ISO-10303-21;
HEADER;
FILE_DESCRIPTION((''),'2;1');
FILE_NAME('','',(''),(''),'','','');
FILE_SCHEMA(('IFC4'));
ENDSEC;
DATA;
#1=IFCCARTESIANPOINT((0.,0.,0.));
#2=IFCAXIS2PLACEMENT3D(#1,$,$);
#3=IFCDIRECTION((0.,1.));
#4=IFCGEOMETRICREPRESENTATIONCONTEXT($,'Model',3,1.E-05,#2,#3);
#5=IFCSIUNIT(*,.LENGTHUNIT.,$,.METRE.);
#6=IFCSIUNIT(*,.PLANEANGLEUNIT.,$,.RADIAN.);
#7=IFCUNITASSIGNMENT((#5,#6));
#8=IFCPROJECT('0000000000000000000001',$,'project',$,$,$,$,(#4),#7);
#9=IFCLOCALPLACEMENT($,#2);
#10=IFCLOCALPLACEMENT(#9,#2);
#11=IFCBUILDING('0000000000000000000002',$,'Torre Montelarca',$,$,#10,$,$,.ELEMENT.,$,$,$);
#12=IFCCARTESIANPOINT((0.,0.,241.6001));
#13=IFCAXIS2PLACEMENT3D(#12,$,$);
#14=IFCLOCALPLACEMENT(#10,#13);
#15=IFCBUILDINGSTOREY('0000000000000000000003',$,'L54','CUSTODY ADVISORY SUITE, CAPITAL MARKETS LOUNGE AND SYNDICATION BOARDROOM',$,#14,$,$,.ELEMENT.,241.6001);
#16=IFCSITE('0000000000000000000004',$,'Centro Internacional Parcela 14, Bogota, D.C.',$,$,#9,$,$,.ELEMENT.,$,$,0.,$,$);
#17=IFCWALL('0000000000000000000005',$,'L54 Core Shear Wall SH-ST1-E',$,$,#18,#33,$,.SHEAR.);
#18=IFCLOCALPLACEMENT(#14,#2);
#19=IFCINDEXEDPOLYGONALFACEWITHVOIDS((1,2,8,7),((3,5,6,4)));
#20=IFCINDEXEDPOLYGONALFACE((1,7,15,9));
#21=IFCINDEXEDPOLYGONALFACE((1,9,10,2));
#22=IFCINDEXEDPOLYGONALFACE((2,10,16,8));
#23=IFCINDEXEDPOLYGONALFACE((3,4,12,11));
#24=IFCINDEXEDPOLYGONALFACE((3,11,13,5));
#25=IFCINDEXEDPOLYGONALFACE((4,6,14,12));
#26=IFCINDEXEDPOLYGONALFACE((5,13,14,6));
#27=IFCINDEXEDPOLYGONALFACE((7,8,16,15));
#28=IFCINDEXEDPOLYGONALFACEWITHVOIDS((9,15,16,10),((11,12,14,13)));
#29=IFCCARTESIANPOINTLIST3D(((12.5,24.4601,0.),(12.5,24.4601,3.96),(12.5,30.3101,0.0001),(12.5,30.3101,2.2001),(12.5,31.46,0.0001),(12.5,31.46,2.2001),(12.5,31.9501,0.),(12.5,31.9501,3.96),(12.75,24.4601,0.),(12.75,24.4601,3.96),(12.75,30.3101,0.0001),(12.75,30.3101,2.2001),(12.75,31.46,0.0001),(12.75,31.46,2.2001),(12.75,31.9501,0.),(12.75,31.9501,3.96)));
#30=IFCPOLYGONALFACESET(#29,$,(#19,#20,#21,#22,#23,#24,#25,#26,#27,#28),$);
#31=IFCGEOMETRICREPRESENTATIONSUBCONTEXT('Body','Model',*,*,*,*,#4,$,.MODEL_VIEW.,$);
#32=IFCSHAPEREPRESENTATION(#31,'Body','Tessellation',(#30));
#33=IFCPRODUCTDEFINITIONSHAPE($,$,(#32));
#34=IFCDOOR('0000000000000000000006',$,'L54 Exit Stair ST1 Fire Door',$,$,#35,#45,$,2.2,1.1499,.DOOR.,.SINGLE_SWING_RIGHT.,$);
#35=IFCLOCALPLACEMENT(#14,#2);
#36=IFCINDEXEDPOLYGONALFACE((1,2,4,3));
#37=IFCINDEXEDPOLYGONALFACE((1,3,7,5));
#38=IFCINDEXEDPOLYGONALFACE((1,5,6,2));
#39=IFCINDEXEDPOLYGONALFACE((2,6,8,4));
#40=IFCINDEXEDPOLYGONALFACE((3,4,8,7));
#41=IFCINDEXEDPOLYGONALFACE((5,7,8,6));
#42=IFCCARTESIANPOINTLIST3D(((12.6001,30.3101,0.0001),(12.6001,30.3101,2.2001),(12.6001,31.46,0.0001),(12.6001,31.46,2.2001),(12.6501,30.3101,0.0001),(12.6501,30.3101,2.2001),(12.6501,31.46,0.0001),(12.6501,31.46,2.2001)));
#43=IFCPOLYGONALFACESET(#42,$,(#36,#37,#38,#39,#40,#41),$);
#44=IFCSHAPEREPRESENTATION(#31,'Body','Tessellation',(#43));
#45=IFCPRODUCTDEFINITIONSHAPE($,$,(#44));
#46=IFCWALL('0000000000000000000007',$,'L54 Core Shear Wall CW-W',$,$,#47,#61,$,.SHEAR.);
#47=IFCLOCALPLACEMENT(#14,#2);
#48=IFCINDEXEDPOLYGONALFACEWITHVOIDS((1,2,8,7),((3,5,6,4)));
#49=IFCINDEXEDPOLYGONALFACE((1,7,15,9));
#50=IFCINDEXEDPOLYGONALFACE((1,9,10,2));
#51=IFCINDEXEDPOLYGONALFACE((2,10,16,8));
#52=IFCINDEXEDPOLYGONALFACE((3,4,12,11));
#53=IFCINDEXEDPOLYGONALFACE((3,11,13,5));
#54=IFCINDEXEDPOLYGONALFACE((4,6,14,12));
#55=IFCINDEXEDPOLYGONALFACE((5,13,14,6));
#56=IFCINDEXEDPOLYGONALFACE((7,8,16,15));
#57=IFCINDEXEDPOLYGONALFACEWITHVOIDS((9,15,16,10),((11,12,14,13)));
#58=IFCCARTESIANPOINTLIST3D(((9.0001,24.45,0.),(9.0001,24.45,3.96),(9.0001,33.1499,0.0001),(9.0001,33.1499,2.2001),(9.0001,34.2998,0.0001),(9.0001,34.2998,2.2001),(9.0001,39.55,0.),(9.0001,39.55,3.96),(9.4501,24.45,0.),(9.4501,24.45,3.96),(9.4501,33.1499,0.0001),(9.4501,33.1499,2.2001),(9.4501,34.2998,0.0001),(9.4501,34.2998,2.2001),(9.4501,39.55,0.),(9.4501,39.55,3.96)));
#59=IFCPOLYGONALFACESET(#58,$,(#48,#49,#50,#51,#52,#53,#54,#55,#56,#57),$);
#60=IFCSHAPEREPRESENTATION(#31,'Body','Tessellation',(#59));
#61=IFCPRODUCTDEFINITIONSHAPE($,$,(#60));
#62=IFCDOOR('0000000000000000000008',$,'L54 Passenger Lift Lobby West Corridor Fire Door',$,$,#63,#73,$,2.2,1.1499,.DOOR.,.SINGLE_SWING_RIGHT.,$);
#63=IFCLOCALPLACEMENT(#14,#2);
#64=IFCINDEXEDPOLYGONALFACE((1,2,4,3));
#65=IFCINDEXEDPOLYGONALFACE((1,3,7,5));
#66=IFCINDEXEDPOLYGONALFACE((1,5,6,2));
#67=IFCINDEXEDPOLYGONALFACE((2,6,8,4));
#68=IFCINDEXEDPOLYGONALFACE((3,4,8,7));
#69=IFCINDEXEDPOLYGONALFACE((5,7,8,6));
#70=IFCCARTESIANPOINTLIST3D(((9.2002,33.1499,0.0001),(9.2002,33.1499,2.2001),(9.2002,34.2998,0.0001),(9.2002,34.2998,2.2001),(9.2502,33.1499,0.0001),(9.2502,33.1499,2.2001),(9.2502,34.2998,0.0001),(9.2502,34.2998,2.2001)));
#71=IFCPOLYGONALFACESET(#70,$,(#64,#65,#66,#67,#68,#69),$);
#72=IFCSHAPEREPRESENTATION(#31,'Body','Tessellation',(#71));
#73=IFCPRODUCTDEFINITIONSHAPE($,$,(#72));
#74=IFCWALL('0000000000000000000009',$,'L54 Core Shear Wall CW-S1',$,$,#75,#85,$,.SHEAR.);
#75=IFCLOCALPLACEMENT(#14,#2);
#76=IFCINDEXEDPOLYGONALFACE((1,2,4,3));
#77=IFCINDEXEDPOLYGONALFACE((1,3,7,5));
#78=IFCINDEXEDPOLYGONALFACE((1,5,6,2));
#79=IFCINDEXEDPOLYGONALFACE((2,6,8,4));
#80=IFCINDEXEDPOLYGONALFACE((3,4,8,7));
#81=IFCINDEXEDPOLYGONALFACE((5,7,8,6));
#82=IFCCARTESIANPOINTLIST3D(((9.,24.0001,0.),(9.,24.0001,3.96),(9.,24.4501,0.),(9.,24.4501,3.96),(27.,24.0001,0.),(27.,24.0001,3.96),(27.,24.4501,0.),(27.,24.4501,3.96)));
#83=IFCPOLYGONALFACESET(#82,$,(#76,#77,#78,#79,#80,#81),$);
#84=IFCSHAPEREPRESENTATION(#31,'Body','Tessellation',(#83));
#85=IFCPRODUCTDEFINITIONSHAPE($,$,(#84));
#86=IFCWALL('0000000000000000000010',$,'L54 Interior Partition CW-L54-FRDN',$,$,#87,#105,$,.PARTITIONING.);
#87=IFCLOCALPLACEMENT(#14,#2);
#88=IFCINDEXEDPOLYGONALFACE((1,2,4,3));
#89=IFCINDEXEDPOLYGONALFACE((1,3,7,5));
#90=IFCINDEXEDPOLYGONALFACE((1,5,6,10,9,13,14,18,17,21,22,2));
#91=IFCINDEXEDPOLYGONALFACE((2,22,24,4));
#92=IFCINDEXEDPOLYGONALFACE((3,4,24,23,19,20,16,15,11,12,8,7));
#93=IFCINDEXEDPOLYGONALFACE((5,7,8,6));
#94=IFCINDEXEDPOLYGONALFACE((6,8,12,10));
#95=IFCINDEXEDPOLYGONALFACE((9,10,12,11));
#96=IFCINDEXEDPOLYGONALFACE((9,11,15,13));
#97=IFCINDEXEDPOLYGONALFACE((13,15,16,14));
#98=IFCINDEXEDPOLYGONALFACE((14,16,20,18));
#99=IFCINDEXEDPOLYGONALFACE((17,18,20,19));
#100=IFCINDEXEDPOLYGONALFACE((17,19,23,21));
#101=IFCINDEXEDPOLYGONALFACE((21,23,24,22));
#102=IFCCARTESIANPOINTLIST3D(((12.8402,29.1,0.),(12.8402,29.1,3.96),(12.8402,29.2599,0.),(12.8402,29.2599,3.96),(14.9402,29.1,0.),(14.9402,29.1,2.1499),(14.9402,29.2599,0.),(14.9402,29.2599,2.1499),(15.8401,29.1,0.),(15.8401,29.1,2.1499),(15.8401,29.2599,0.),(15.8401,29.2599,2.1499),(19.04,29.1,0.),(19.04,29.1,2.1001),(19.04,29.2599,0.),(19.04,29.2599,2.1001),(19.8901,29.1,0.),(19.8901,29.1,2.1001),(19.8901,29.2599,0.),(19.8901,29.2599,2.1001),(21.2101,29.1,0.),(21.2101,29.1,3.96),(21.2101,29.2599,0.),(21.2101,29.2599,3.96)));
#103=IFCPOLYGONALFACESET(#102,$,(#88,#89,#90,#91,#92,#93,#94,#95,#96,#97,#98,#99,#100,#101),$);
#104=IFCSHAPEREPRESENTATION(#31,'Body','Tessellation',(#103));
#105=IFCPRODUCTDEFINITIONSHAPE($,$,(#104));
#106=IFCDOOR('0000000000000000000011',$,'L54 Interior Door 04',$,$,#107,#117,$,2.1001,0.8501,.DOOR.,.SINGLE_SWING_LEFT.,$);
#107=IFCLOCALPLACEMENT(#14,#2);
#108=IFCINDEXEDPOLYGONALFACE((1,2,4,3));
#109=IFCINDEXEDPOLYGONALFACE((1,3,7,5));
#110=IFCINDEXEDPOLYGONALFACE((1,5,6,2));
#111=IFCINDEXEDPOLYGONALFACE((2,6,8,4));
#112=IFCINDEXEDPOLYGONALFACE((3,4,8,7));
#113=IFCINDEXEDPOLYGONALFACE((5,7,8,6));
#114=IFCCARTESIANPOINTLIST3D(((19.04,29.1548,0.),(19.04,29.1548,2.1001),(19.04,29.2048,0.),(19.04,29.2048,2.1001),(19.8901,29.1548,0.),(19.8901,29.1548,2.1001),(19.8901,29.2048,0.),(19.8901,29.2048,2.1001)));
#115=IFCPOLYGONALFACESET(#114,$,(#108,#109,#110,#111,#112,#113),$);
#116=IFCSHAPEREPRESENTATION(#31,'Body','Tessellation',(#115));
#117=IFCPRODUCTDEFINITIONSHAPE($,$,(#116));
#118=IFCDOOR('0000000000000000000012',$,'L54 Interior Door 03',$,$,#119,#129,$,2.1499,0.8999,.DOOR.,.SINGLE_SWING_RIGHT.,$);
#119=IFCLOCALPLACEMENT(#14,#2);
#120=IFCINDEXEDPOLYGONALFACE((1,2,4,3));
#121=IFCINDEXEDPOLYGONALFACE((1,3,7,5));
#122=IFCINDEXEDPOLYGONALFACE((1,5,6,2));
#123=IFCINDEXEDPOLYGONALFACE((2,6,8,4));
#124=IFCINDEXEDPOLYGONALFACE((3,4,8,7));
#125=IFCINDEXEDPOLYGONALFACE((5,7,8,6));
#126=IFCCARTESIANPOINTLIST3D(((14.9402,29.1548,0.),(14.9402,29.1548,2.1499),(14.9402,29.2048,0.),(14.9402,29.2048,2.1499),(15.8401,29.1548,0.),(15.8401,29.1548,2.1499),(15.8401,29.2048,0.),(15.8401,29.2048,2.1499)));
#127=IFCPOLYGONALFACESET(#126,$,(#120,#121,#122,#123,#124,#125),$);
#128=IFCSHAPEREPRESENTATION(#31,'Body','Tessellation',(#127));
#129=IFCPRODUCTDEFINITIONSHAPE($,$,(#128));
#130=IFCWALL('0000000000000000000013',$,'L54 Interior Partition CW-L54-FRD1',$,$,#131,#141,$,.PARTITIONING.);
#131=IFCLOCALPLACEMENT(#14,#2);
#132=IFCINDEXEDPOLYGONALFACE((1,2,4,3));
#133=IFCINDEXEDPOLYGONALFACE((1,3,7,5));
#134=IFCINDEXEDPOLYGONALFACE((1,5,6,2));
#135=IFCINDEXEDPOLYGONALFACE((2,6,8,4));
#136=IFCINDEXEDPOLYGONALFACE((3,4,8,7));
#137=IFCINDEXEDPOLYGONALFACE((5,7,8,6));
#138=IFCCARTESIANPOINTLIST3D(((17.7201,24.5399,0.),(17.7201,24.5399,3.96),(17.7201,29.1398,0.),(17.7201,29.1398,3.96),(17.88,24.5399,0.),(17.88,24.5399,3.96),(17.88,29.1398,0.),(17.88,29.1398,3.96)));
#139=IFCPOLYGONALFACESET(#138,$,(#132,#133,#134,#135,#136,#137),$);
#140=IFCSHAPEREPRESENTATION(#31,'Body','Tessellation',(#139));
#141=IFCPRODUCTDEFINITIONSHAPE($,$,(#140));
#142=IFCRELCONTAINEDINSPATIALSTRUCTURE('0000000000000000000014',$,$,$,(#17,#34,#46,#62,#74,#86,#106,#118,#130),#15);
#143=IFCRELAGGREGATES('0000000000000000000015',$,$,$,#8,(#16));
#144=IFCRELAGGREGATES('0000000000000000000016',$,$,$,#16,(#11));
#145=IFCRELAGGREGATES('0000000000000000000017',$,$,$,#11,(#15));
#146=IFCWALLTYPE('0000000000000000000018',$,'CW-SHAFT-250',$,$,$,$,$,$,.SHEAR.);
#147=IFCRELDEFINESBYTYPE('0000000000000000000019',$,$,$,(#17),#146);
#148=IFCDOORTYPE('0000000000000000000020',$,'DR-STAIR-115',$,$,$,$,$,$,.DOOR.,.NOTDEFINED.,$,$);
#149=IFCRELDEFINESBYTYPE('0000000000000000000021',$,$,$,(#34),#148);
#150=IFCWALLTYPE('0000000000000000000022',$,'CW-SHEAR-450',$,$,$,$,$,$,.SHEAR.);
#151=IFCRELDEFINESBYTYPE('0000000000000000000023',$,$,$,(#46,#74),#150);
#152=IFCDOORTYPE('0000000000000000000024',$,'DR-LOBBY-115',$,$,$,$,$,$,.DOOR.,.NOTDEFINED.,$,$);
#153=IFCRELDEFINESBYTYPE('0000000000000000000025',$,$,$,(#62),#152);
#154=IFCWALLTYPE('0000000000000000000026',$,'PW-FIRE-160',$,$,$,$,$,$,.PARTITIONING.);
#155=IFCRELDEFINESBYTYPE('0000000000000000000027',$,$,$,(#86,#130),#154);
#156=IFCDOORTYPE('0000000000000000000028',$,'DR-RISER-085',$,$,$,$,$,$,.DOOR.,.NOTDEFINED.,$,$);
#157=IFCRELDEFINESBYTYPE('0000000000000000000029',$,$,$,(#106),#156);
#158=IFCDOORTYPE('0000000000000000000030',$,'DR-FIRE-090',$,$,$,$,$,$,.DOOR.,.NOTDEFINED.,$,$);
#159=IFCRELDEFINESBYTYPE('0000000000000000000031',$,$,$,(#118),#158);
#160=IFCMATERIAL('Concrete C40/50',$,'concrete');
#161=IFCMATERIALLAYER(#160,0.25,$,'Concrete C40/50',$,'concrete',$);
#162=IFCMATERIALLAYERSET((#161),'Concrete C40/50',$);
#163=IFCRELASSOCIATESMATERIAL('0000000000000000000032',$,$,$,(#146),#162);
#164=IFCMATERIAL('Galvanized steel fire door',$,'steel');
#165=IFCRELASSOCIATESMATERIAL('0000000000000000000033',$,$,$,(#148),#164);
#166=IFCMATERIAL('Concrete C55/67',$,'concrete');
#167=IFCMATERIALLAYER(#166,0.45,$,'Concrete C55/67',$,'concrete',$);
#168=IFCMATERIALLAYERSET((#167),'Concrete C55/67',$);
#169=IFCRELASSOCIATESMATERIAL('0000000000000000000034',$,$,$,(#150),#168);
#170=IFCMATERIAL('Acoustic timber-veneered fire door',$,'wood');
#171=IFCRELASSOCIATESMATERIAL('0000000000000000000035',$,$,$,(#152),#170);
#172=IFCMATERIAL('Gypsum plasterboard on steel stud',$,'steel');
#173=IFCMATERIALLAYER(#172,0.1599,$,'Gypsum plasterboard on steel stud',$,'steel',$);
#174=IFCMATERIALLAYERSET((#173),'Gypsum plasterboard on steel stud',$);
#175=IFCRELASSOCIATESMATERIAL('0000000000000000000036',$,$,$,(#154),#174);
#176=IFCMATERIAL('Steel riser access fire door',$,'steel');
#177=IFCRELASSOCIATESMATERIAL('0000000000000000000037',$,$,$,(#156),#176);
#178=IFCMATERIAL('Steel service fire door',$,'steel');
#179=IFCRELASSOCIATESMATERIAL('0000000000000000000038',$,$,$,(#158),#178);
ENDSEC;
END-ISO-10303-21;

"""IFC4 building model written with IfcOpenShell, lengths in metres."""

from ifc_helpers import new_model, si_unit, direction, frame, frame_2d, origin, place, context, subcontext, project, spatial, rectangle, extrude, source, transform, mapped, material, layer, layer_set, type_object, element, fill, save


model = new_model("IFC4")

# Units and contexts
model_context = context("Model", 3, precision=1e-05, world=origin(), true_north=direction((0.0, 1.0)))
body_context = subcontext(model_context, "Body", "Model", "MODEL_VIEW")
ifc_project = project(units=[si_unit("LENGTHUNIT", "METRE"), si_unit("PLANEANGLEUNIT", "RADIAN")], contexts=[model_context])

# Site, building, storey
site_placement = place(None, origin())
site = spatial("IfcSite", under=ifc_project, at=site_placement, Name="Centro Internacional Parcela 14, Bogota, D.C.", CompositionType="ELEMENT", RefElevation=0.0)
building_placement = place(site_placement, origin())
building = spatial("IfcBuilding", under=site, at=building_placement, Name="Torre Montelarca", CompositionType="ELEMENT")
storey_placement = place(building_placement, frame((0.0, 0.0, 241.6001)))
storey = spatial("IfcBuildingStorey", under=building, at=storey_placement, Name="L54", Description="CUSTODY ADVISORY SUITE, CAPITAL MARKETS LOUNGE AND SYNDICATION BOARDROOM", CompositionType="ELEMENT", Elevation=241.6001)

# Shared definitions
ifc_material_1 = material(Name="Concrete C55/67", Category="concrete")

# Walls, openings, doors
ifc_material_2 = material(Name="Concrete C40/50", Category="concrete")
ifc_layer_1 = layer(ifc_material_2, 0.25, Name="Concrete C40/50", Category="concrete")
ifc_layer_set_1 = layer_set([ifc_layer_1], Name="Concrete C40/50")
wall_type_1 = type_object("IfcWallType", Name="CW-SHAFT-250", PredefinedType="SHEAR", material=ifc_layer_set_1)
wall_1_placement = place(storey_placement, frame((12.625, 24.46, 0.0), z_axis=(0.0, 0.0, 1.0), x_axis=(0.0, 1.0, 0.0)))
wall_1 = element("IfcWall", 1, at=wall_1_placement, inside=storey, type_object=wall_type_1, Name="L54 Core Shear Wall SH-ST1-E", PredefinedType="SHEAR", context=body_context, shape_type="SweptSolid", body=[
    extrude(rectangle(XDim=7.49, YDim=0.25, at=frame_2d((3.7451, 0.0))), origin(), (0.0, 0.0, 1.0), 3.96),
])
opening_1_placement = place(wall_1_placement, frame((5.8501, 0.0, 0.0)))
opening_1 = element("IfcOpeningElement", 2, at=opening_1_placement, cuts=wall_1, PredefinedType="OPENING", context=body_context, shape_type="SweptSolid", body=[
    extrude(rectangle(XDim=1.1499, YDim=2.2, at=frame_2d((0.575, 1.1001))), frame((0.0, 0.135, 0.0), z_axis=(0.0, -1.0, 0.0), x_axis=(1.0, 0.0, 0.0)), (0.0, 0.0, 1.0), 0.27),
])
ifc_material_3 = material(Name="Galvanized steel fire door", Category="steel")
door_type_1 = type_object("IfcDoorType", Name="DR-STAIR-115", OperationType="NOTDEFINED", PredefinedType="DOOR", material=ifc_material_3)
shared_shape_1 = source(origin(), body_context, "Body", "SweptSolid", [
    extrude(rectangle(XDim=1.1499, YDim=2.2, at=frame_2d((0.575, 1.1001))), frame((0.0, 0.0249, 0.0), z_axis=(0.0, -1.0, 0.0), x_axis=(1.0, 0.0, 0.0)), (0.0, 0.0, 1.0), 0.05),
])
door_1_placement = place(opening_1_placement, origin())
door_1 = element("IfcDoor", 3, at=door_1_placement, inside=storey, type_object=door_type_1, Name="L54 Exit Stair ST1 Fire Door", OperationType="SINGLE_SWING_RIGHT", OverallHeight=2.2, OverallWidth=1.1499, PredefinedType="DOOR", context=body_context, shape_type="MappedRepresentation", body=[
    mapped(shared_shape_1, transform((0.0, 0.0, 0.0), scale=1.0)),
])
fill(opening_1, door_1)
ifc_layer_2 = layer(ifc_material_1, 0.45, Name="Concrete C55/67", Category="concrete")
ifc_layer_set_2 = layer_set([ifc_layer_2], Name="Concrete C55/67")
wall_type_2 = type_object("IfcWallType", Name="CW-SHEAR-450", PredefinedType="SHEAR", material=ifc_layer_set_2)
wall_2_placement = place(storey_placement, frame((9.2251, 24.45, 0.0), z_axis=(0.0, 0.0, 1.0), x_axis=(0.0, 1.0, 0.0)))
wall_2 = element("IfcWall", 4, at=wall_2_placement, inside=storey, type_object=wall_type_2, Name="L54 Core Shear Wall CW-W", PredefinedType="SHEAR", context=body_context, shape_type="SweptSolid", body=[
    extrude(rectangle(XDim=15.1001, YDim=0.45, at=frame_2d((7.55, 0.0))), origin(), (0.0, 0.0, 1.0), 3.96),
])
opening_2_placement = place(wall_2_placement, frame((8.7, 0.0, 0.0)))
opening_2 = element("IfcOpeningElement", 5, at=opening_2_placement, cuts=wall_2, PredefinedType="OPENING", context=body_context, shape_type="SweptSolid", body=[
    extrude(rectangle(XDim=1.1499, YDim=2.2, at=frame_2d((0.575, 1.1001))), frame((0.0, 0.2349, 0.0), z_axis=(0.0, -1.0, 0.0), x_axis=(1.0, 0.0, 0.0)), (0.0, 0.0, 1.0), 0.47),
])
ifc_material_4 = material(Name="Acoustic timber-veneered fire door", Category="wood")
door_type_2 = type_object("IfcDoorType", Name="DR-LOBBY-115", OperationType="NOTDEFINED", PredefinedType="DOOR", material=ifc_material_4)
shared_shape_2 = source(origin(), body_context, "Body", "SweptSolid", [
    extrude(rectangle(XDim=1.1499, YDim=2.2, at=frame_2d((0.575, 1.1001))), frame((0.0, 0.0249, 0.0), z_axis=(0.0, -1.0, 0.0), x_axis=(1.0, 0.0, 0.0)), (0.0, 0.0, 1.0), 0.05),
])
door_2_placement = place(opening_2_placement, origin())
door_2 = element("IfcDoor", 6, at=door_2_placement, inside=storey, type_object=door_type_2, Name="L54 Passenger Lift Lobby West Corridor Fire Door", OperationType="SINGLE_SWING_RIGHT", OverallHeight=2.2, OverallWidth=1.1499, PredefinedType="DOOR", context=body_context, shape_type="MappedRepresentation", body=[
    mapped(shared_shape_2, transform((0.0, 0.0, 0.0), scale=1.0)),
])
fill(opening_2, door_2)

# Wall
wall_3_placement = place(storey_placement, frame((9.0, 24.2251, 0.0), z_axis=(0.0, 0.0, 1.0), x_axis=(1.0, 0.0, 0.0)))
element("IfcWall", 7, at=wall_3_placement, inside=storey, type_object=wall_type_2, Name="L54 Core Shear Wall CW-S1", PredefinedType="SHEAR", context=body_context, shape_type="SweptSolid", body=[
    extrude(rectangle(XDim=18.0, YDim=0.45, at=frame_2d((9.0, 0.0))), origin(), (0.0, 0.0, 1.0), 3.96),
])

# Wall, openings, doors
ifc_material_5 = material(Name="Gypsum plasterboard on steel stud", Category="steel")
ifc_layer_3 = layer(ifc_material_5, 0.1599, Name="Gypsum plasterboard on steel stud", Category="steel")
ifc_layer_set_3 = layer_set([ifc_layer_3], Name="Gypsum plasterboard on steel stud")
wall_type_3 = type_object("IfcWallType", Name="PW-FIRE-160", PredefinedType="PARTITIONING", material=ifc_layer_set_3)
wall_4_placement = place(storey_placement, frame((12.8401, 29.1799, 0.0), z_axis=(0.0, 0.0, 1.0), x_axis=(1.0, 0.0, 0.0)))
wall_4 = element("IfcWall", 8, at=wall_4_placement, inside=storey, type_object=wall_type_3, Name="L54 Interior Partition CW-L54-FRDN", PredefinedType="PARTITIONING", context=body_context, shape_type="SweptSolid", body=[
    extrude(rectangle(XDim=8.3699, YDim=0.1599, at=frame_2d((4.1851, 0.0))), origin(), (0.0, 0.0, 1.0), 3.96),
])
opening_3_placement = place(wall_4_placement, frame((2.1001, 0.0, 0.0)))
opening_3 = element("IfcOpeningElement", 9, at=opening_3_placement, cuts=wall_4, PredefinedType="OPENING", context=body_context, shape_type="SweptSolid", body=[
    extrude(rectangle(XDim=0.8999, YDim=2.1499, at=frame_2d((0.45, 1.075))), frame((0.0, 0.0898, 0.0), z_axis=(0.0, -1.0, 0.0), x_axis=(1.0, 0.0, 0.0)), (0.0, 0.0, 1.0), 0.1799),
])
opening_4_placement = place(wall_4_placement, frame((6.2, 0.0, 0.0)))
opening_4 = element("IfcOpeningElement", 10, at=opening_4_placement, cuts=wall_4, PredefinedType="OPENING", context=body_context, shape_type="SweptSolid", body=[
    extrude(rectangle(XDim=0.8501, YDim=2.1001, at=frame_2d((0.425, 1.05))), frame((0.0, 0.0898, 0.0), z_axis=(0.0, -1.0, 0.0), x_axis=(1.0, 0.0, 0.0)), (0.0, 0.0, 1.0), 0.1799),
])
ifc_material_6 = material(Name="Steel riser access fire door", Category="steel")
door_type_3 = type_object("IfcDoorType", Name="DR-RISER-085", OperationType="NOTDEFINED", PredefinedType="DOOR", material=ifc_material_6)
shared_shape_3 = source(origin(), body_context, "Body", "SweptSolid", [
    extrude(rectangle(XDim=0.8501, YDim=2.1001, at=frame_2d((0.425, 1.05))), frame((0.0, 0.0249, 0.0), z_axis=(0.0, -1.0, 0.0), x_axis=(1.0, 0.0, 0.0)), (0.0, 0.0, 1.0), 0.05),
])
door_3_placement = place(opening_4_placement, origin())
door_3 = element("IfcDoor", 11, at=door_3_placement, inside=storey, type_object=door_type_3, Name="L54 Interior Door 04", OperationType="SINGLE_SWING_LEFT", OverallHeight=2.1001, OverallWidth=0.8501, PredefinedType="DOOR", context=body_context, shape_type="MappedRepresentation", body=[
    mapped(shared_shape_3, transform((0.0, 0.0, 0.0), scale=1.0)),
])
fill(opening_4, door_3)
ifc_material_7 = material(Name="Steel service fire door", Category="steel")
door_type_4 = type_object("IfcDoorType", Name="DR-FIRE-090", OperationType="NOTDEFINED", PredefinedType="DOOR", material=ifc_material_7)
shared_shape_4 = source(origin(), body_context, "Body", "SweptSolid", [
    extrude(rectangle(XDim=0.8999, YDim=2.1499, at=frame_2d((0.45, 1.075))), frame((0.0, 0.0249, 0.0), z_axis=(0.0, -1.0, 0.0), x_axis=(1.0, 0.0, 0.0)), (0.0, 0.0, 1.0), 0.05),
])
door_4_placement = place(opening_3_placement, origin())
door_4 = element("IfcDoor", 12, at=door_4_placement, inside=storey, type_object=door_type_4, Name="L54 Interior Door 03", OperationType="SINGLE_SWING_RIGHT", OverallHeight=2.1499, OverallWidth=0.8999, PredefinedType="DOOR", context=body_context, shape_type="MappedRepresentation", body=[
    mapped(shared_shape_4, transform((0.0, 0.0, 0.0), scale=1.0)),
])
fill(opening_3, door_4)

# Wall
wall_5_placement = place(storey_placement, frame((17.8, 24.54, 0.0), z_axis=(0.0, 0.0, 1.0), x_axis=(0.0, 1.0, 0.0)))
element("IfcWall", 13, at=wall_5_placement, inside=storey, type_object=wall_type_3, Name="L54 Interior Partition CW-L54-FRD1", PredefinedType="PARTITIONING", context=body_context, shape_type="SweptSolid", body=[
    extrude(rectangle(XDim=4.5999, YDim=0.1599, at=frame_2d((2.2998, 0.0))), origin(), (0.0, 0.0, 1.0), 3.96),
])

save(model, "model.ifc")
